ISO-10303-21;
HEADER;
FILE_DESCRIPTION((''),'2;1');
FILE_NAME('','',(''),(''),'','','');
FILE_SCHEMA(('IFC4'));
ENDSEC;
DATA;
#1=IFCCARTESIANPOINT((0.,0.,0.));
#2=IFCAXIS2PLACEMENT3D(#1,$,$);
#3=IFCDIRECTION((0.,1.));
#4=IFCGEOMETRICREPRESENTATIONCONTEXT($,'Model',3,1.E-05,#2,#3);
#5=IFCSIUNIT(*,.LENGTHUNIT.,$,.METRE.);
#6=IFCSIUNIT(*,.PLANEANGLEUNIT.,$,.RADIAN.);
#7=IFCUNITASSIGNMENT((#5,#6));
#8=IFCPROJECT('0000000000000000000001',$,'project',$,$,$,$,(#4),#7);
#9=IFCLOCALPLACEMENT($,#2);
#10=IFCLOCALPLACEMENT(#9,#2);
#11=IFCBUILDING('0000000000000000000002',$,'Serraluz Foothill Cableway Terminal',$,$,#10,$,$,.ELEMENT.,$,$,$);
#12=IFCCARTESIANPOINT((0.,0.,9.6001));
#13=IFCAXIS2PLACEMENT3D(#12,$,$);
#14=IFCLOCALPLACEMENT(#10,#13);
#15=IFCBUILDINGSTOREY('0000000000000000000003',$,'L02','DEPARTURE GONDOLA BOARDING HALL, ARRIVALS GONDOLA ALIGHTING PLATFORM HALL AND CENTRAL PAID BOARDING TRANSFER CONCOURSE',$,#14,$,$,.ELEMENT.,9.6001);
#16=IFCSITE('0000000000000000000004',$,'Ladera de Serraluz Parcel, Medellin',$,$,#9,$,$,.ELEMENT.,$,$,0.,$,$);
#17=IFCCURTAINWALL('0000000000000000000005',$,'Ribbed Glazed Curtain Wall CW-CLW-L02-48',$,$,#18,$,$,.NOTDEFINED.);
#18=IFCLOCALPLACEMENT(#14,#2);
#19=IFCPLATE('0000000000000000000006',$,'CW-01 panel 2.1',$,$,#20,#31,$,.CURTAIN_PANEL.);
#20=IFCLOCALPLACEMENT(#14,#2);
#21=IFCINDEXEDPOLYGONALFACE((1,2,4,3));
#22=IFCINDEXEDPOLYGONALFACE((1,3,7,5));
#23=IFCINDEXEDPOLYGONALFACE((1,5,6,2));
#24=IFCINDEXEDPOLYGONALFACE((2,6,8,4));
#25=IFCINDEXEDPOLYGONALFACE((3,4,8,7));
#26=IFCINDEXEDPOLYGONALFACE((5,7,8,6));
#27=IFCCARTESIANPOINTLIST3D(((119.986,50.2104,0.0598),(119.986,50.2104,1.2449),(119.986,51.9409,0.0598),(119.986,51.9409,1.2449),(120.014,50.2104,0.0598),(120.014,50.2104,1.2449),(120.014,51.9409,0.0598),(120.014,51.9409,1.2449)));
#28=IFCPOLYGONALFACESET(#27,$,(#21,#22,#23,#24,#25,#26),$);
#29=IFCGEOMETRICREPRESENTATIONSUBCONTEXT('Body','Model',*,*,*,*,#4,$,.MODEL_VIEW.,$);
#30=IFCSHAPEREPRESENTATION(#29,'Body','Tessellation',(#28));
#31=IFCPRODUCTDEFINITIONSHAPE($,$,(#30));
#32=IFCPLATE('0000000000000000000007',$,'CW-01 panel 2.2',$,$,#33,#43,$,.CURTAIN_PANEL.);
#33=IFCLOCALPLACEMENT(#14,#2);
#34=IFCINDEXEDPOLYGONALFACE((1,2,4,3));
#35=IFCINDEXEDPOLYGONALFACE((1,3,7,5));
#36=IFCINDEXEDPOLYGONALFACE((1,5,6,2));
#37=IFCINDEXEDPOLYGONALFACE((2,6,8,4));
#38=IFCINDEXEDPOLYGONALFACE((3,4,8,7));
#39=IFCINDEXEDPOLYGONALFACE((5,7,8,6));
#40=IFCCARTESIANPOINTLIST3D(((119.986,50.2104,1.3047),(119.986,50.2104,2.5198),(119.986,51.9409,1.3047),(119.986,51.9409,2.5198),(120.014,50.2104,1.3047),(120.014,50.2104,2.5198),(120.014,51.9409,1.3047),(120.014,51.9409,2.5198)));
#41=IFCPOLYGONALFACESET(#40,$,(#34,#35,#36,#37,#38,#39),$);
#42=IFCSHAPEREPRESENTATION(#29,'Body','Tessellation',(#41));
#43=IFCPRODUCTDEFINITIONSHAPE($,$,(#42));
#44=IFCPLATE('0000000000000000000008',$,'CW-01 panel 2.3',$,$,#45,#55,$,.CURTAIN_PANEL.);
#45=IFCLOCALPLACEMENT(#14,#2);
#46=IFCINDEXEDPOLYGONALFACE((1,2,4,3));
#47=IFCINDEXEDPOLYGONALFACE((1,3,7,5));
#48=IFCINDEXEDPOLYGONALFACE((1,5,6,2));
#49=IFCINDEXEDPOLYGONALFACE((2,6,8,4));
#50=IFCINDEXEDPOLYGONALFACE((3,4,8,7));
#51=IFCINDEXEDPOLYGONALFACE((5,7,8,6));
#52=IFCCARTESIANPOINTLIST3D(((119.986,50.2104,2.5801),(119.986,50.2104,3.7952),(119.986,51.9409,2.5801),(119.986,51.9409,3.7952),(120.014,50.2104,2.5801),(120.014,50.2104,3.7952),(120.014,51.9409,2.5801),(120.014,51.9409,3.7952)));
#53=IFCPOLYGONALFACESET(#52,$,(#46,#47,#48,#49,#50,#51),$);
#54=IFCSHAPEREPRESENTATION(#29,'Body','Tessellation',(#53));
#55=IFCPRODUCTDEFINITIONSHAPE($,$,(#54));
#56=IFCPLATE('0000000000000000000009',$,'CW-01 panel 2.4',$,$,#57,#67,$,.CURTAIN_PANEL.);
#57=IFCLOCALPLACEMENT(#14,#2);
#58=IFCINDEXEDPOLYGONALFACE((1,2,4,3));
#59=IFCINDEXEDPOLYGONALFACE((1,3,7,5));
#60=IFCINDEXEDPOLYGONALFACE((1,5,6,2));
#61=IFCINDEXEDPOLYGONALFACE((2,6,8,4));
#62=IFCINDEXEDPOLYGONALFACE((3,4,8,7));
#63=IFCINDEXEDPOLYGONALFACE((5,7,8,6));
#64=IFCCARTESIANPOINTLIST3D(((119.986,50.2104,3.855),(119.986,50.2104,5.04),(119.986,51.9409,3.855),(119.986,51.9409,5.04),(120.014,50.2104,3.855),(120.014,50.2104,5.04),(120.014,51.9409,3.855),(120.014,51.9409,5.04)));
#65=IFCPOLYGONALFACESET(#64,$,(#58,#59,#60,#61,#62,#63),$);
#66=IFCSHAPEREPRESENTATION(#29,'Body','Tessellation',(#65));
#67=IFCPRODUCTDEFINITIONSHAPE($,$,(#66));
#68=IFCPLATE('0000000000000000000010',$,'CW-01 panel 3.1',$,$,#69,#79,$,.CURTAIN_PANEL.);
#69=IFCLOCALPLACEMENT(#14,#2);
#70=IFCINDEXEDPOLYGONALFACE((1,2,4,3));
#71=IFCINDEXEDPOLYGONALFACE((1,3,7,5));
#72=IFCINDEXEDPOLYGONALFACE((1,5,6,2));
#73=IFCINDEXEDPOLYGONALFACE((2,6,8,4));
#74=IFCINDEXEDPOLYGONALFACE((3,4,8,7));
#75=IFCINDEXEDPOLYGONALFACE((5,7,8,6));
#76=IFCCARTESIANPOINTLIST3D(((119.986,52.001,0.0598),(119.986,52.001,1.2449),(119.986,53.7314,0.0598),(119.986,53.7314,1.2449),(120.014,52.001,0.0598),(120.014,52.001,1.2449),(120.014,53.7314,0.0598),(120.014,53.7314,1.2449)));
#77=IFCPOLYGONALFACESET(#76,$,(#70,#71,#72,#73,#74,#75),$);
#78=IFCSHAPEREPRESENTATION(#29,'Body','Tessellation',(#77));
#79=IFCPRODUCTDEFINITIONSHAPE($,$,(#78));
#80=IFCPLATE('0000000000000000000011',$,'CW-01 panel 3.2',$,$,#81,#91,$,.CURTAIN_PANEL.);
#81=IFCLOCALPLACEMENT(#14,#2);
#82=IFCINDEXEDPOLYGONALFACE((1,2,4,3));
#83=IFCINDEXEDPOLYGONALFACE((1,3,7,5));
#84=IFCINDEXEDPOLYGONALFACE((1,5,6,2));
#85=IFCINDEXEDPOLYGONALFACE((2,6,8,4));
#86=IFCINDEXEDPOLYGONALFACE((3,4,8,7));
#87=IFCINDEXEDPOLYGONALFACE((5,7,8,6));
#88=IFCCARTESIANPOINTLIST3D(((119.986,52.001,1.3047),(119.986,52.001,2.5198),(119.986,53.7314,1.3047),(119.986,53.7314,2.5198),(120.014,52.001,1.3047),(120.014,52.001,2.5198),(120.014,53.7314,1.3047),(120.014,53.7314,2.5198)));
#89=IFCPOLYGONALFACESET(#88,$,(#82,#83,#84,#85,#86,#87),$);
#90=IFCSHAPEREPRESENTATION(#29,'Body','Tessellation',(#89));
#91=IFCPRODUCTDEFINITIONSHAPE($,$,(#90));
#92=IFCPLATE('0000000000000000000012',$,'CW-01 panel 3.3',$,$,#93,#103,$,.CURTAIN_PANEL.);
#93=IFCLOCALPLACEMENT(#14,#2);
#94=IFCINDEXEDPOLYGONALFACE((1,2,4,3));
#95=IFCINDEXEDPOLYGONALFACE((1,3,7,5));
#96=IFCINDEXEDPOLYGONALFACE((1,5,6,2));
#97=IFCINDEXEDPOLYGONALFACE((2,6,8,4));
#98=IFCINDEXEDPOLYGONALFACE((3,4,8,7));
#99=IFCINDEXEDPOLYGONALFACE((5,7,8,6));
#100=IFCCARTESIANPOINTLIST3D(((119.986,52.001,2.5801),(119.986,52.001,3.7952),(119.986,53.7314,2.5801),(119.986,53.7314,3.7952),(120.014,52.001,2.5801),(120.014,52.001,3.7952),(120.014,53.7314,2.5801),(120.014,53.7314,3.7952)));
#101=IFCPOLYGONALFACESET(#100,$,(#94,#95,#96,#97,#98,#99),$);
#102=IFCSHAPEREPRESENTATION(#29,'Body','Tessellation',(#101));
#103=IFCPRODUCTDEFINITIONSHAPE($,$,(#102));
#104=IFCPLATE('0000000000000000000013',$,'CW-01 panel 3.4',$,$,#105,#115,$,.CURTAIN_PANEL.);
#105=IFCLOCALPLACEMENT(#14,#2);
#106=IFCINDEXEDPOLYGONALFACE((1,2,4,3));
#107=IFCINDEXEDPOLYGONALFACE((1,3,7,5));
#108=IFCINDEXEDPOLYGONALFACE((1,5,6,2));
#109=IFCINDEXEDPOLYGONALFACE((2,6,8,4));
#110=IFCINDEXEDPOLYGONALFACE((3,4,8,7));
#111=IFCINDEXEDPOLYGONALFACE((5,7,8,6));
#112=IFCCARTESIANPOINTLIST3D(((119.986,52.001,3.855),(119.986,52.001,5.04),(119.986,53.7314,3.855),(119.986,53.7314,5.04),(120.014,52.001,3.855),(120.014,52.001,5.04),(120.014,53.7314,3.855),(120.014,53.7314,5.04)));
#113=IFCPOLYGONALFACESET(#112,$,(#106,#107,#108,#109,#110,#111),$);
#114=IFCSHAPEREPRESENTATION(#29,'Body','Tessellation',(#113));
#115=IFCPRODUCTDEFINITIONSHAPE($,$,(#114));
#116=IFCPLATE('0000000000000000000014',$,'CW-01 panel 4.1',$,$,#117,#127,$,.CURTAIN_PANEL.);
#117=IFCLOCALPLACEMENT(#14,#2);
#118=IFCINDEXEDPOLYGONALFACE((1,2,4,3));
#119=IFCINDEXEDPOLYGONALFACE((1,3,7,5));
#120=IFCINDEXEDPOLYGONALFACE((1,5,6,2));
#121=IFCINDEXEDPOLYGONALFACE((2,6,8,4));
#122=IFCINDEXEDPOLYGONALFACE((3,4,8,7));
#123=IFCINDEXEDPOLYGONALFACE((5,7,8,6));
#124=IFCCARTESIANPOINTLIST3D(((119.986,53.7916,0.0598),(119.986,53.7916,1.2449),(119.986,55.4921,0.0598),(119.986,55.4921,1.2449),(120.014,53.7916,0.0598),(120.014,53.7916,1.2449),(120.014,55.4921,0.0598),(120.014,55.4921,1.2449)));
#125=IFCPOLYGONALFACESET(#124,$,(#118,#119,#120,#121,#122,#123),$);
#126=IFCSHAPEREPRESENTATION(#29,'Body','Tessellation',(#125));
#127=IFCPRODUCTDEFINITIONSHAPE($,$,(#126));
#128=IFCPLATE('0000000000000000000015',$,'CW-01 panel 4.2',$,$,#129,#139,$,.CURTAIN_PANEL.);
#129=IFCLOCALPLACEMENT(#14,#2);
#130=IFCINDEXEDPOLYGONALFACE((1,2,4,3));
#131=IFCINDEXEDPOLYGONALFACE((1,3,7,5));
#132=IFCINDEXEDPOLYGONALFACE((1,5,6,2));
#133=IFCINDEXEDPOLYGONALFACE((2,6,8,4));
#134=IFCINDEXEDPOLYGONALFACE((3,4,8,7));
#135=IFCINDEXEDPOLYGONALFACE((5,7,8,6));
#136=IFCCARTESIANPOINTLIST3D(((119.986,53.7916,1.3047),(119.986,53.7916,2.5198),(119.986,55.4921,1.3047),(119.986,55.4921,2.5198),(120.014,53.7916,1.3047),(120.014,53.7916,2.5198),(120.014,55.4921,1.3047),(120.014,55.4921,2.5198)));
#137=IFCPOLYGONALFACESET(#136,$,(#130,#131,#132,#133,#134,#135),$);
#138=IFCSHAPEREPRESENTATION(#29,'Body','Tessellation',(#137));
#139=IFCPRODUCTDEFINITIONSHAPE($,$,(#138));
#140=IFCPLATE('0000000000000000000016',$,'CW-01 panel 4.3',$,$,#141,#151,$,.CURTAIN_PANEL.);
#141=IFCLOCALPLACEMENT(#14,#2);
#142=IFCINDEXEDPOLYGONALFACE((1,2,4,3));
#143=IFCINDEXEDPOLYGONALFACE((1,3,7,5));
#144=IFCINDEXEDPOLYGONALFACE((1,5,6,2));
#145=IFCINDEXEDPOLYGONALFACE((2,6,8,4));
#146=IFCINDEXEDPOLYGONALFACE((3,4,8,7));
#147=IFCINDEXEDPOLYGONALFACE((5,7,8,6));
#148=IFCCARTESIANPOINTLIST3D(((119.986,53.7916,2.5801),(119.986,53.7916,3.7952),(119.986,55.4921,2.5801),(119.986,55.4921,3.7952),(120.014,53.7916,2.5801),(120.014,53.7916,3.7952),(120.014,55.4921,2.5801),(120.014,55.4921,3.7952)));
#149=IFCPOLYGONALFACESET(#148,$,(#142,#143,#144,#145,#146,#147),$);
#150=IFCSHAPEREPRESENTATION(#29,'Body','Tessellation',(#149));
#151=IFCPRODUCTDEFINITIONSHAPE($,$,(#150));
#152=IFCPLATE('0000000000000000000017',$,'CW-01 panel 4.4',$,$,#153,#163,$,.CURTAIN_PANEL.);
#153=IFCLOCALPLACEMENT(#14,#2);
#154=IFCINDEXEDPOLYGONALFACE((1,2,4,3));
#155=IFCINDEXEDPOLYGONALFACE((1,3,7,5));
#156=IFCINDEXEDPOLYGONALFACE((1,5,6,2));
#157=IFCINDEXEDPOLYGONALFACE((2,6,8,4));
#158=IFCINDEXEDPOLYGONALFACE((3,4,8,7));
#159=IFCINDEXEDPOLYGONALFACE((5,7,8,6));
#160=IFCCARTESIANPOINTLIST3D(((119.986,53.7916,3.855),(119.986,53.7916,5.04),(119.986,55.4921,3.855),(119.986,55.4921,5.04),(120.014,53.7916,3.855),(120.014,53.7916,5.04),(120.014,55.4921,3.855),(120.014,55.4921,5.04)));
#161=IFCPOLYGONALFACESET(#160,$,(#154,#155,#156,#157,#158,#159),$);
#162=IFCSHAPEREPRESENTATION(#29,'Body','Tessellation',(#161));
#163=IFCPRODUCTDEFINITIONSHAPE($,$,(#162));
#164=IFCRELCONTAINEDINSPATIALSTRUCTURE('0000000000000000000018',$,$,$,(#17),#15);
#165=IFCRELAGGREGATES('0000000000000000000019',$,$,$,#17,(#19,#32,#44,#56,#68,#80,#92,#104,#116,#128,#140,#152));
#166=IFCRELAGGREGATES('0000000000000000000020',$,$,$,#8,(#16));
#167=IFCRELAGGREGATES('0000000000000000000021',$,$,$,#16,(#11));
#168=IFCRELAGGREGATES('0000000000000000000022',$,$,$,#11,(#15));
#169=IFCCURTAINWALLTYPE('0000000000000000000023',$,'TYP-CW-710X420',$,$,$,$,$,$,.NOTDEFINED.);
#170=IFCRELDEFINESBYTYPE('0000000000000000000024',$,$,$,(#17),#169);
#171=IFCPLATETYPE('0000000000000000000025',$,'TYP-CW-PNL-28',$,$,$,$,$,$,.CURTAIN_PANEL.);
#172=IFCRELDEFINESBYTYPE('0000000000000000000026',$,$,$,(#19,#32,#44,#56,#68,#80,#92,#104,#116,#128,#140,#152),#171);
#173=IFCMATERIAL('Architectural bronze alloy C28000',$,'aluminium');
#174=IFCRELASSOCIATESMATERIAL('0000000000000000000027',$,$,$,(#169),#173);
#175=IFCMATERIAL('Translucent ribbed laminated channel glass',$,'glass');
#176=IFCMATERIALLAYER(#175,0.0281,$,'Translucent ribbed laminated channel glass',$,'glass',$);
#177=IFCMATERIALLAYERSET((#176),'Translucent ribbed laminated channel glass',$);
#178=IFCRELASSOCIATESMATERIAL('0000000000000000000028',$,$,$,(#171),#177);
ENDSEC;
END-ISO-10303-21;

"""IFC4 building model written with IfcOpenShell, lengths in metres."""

from ifc_helpers import new_model, si_unit, direction, frame, origin, origin_2d, place, context, subcontext, project, spatial, rectangle, extrude, material, layer, layer_set, type_object, element, aggregate, save


model = new_model("IFC4")

# Units and contexts
model_context = context("Model", 3, precision=1e-05, world=origin(), true_north=direction((0.0, 1.0)))
body_context = subcontext(model_context, "Body", "Model", "MODEL_VIEW")
ifc_project = project(units=[si_unit("LENGTHUNIT", "METRE"), si_unit("PLANEANGLEUNIT", "RADIAN")], contexts=[model_context])

# Site, building, storey
site_placement = place(None, origin())
site = spatial("IfcSite", under=ifc_project, at=site_placement, Name="Ladera de Serraluz Parcel, Medellin", CompositionType="ELEMENT", RefElevation=0.0)
building_placement = place(site_placement, origin())
building = spatial("IfcBuilding", under=site, at=building_placement, Name="Serraluz Foothill Cableway Terminal", CompositionType="ELEMENT")
storey_placement = place(building_placement, frame((0.0, 0.0, 9.6001)))
storey = spatial("IfcBuildingStorey", under=building, at=storey_placement, Name="L02", Description="DEPARTURE GONDOLA BOARDING HALL, ARRIVALS GONDOLA ALIGHTING PLATFORM HALL AND CENTRAL PAID BOARDING TRANSFER CONCOURSE", CompositionType="ELEMENT", Elevation=9.6001)

# Curtain wall, plates
ifc_material_1 = material(Name="Architectural bronze alloy C28000", Category="aluminium")
curtain_wall_type = type_object("IfcCurtainWallType", Name="TYP-CW-710X420", PredefinedType="NOTDEFINED", material=ifc_material_1)
curtain_wall_placement = place(storey_placement, origin())
curtain_wall = element("IfcCurtainWall", 1, at=curtain_wall_placement, inside=storey, type_object=curtain_wall_type, Name="Ribbed Glazed Curtain Wall CW-CLW-L02-48", PredefinedType="NOTDEFINED")
ifc_material_2 = material(Name="Translucent ribbed laminated channel glass", Category="glass")
ifc_layer = layer(ifc_material_2, 0.0281, Name="Translucent ribbed laminated channel glass", Category="glass")
ifc_layer_set = layer_set([ifc_layer], Name="Translucent ribbed laminated channel glass")
plate_type = type_object("IfcPlateType", Name="TYP-CW-PNL-28", PredefinedType="CURTAIN_PANEL", material=ifc_layer_set)
plate_1_placement = place(storey_placement, frame((120.0, 51.0757, 0.0598), z_axis=(0.0, 0.0, 1.0), x_axis=(0.0, 1.0, 0.0)))
plate_1 = element("IfcPlate", 2, at=plate_1_placement, type_object=plate_type, Name="CW-01 panel 2.1", PredefinedType="CURTAIN_PANEL", context=body_context, shape_type="SweptSolid", body=[
    extrude(rectangle(XDim=1.7305, YDim=0.0281, at=origin_2d()), origin(), (0.0, 0.0, 1.0), 1.1851),
])
plate_2_placement = place(storey_placement, frame((120.0, 51.0757, 1.3047), z_axis=(0.0, 0.0, 1.0), x_axis=(0.0, 1.0, 0.0)))
plate_2 = element("IfcPlate", 3, at=plate_2_placement, type_object=plate_type, Name="CW-01 panel 2.2", PredefinedType="CURTAIN_PANEL", context=body_context, shape_type="SweptSolid", body=[
    extrude(rectangle(XDim=1.7305, YDim=0.0281, at=origin_2d()), origin(), (0.0, 0.0, 1.0), 1.2151),
])
plate_3_placement = place(storey_placement, frame((120.0, 51.0757, 2.5801), z_axis=(0.0, 0.0, 1.0), x_axis=(0.0, 1.0, 0.0)))
plate_3 = element("IfcPlate", 4, at=plate_3_placement, type_object=plate_type, Name="CW-01 panel 2.3", PredefinedType="CURTAIN_PANEL", context=body_context, shape_type="SweptSolid", body=[
    extrude(rectangle(XDim=1.7305, YDim=0.0281, at=origin_2d()), origin(), (0.0, 0.0, 1.0), 1.2151),
])
plate_4_placement = place(storey_placement, frame((120.0, 51.0757, 3.855), z_axis=(0.0, 0.0, 1.0), x_axis=(0.0, 1.0, 0.0)))
plate_4 = element("IfcPlate", 5, at=plate_4_placement, type_object=plate_type, Name="CW-01 panel 2.4", PredefinedType="CURTAIN_PANEL", context=body_context, shape_type="SweptSolid", body=[
    extrude(rectangle(XDim=1.7305, YDim=0.0281, at=origin_2d()), origin(), (0.0, 0.0, 1.0), 1.1851),
])
plate_5_placement = place(storey_placement, frame((120.0, 52.8662, 0.0598), z_axis=(0.0, 0.0, 1.0), x_axis=(0.0, 1.0, 0.0)))
plate_5 = element("IfcPlate", 6, at=plate_5_placement, type_object=plate_type, Name="CW-01 panel 3.1", PredefinedType="CURTAIN_PANEL", context=body_context, shape_type="SweptSolid", body=[
    extrude(rectangle(XDim=1.7305, YDim=0.0281, at=origin_2d()), origin(), (0.0, 0.0, 1.0), 1.1851),
])
plate_6_placement = place(storey_placement, frame((120.0, 52.8662, 1.3047), z_axis=(0.0, 0.0, 1.0), x_axis=(0.0, 1.0, 0.0)))
plate_6 = element("IfcPlate", 7, at=plate_6_placement, type_object=plate_type, Name="CW-01 panel 3.2", PredefinedType="CURTAIN_PANEL", context=body_context, shape_type="SweptSolid", body=[
    extrude(rectangle(XDim=1.7305, YDim=0.0281, at=origin_2d()), origin(), (0.0, 0.0, 1.0), 1.2151),
])
plate_7_placement = place(storey_placement, frame((120.0, 52.8662, 2.5801), z_axis=(0.0, 0.0, 1.0), x_axis=(0.0, 1.0, 0.0)))
plate_7 = element("IfcPlate", 8, at=plate_7_placement, type_object=plate_type, Name="CW-01 panel 3.3", PredefinedType="CURTAIN_PANEL", context=body_context, shape_type="SweptSolid", body=[
    extrude(rectangle(XDim=1.7305, YDim=0.0281, at=origin_2d()), origin(), (0.0, 0.0, 1.0), 1.2151),
])
plate_8_placement = place(storey_placement, frame((120.0, 52.8662, 3.855), z_axis=(0.0, 0.0, 1.0), x_axis=(0.0, 1.0, 0.0)))
plate_8 = element("IfcPlate", 9, at=plate_8_placement, type_object=plate_type, Name="CW-01 panel 3.4", PredefinedType="CURTAIN_PANEL", context=body_context, shape_type="SweptSolid", body=[
    extrude(rectangle(XDim=1.7305, YDim=0.0281, at=origin_2d()), origin(), (0.0, 0.0, 1.0), 1.1851),
])
plate_9_placement = place(storey_placement, frame((120.0, 54.6418, 0.0598), z_axis=(0.0, 0.0, 1.0), x_axis=(0.0, 1.0, 0.0)))
plate_9 = element("IfcPlate", 10, at=plate_9_placement, type_object=plate_type, Name="CW-01 panel 4.1", PredefinedType="CURTAIN_PANEL", context=body_context, shape_type="SweptSolid", body=[
    extrude(rectangle(XDim=1.7004, YDim=0.0281, at=origin_2d()), origin(), (0.0, 0.0, 1.0), 1.1851),
])
plate_10_placement = place(storey_placement, frame((120.0, 54.6418, 1.3047), z_axis=(0.0, 0.0, 1.0), x_axis=(0.0, 1.0, 0.0)))
plate_10 = element("IfcPlate", 11, at=plate_10_placement, type_object=plate_type, Name="CW-01 panel 4.2", PredefinedType="CURTAIN_PANEL", context=body_context, shape_type="SweptSolid", body=[
    extrude(rectangle(XDim=1.7004, YDim=0.0281, at=origin_2d()), origin(), (0.0, 0.0, 1.0), 1.2151),
])
plate_11_placement = place(storey_placement, frame((120.0, 54.6418, 2.5801), z_axis=(0.0, 0.0, 1.0), x_axis=(0.0, 1.0, 0.0)))
plate_11 = element("IfcPlate", 12, at=plate_11_placement, type_object=plate_type, Name="CW-01 panel 4.3", PredefinedType="CURTAIN_PANEL", context=body_context, shape_type="SweptSolid", body=[
    extrude(rectangle(XDim=1.7004, YDim=0.0281, at=origin_2d()), origin(), (0.0, 0.0, 1.0), 1.2151),
])
plate_12_placement = place(storey_placement, frame((120.0, 54.6418, 3.855), z_axis=(0.0, 0.0, 1.0), x_axis=(0.0, 1.0, 0.0)))
plate_12 = element("IfcPlate", 13, at=plate_12_placement, type_object=plate_type, Name="CW-01 panel 4.4", PredefinedType="CURTAIN_PANEL", context=body_context, shape_type="SweptSolid", body=[
    extrude(rectangle(XDim=1.7004, YDim=0.0281, at=origin_2d()), origin(), (0.0, 0.0, 1.0), 1.1851),
])
aggregate(curtain_wall, [plate_1, plate_2, plate_3, plate_4, plate_5, plate_6, plate_7, plate_8, plate_9, plate_10, plate_11, plate_12])

save(model, "model.ifc")
